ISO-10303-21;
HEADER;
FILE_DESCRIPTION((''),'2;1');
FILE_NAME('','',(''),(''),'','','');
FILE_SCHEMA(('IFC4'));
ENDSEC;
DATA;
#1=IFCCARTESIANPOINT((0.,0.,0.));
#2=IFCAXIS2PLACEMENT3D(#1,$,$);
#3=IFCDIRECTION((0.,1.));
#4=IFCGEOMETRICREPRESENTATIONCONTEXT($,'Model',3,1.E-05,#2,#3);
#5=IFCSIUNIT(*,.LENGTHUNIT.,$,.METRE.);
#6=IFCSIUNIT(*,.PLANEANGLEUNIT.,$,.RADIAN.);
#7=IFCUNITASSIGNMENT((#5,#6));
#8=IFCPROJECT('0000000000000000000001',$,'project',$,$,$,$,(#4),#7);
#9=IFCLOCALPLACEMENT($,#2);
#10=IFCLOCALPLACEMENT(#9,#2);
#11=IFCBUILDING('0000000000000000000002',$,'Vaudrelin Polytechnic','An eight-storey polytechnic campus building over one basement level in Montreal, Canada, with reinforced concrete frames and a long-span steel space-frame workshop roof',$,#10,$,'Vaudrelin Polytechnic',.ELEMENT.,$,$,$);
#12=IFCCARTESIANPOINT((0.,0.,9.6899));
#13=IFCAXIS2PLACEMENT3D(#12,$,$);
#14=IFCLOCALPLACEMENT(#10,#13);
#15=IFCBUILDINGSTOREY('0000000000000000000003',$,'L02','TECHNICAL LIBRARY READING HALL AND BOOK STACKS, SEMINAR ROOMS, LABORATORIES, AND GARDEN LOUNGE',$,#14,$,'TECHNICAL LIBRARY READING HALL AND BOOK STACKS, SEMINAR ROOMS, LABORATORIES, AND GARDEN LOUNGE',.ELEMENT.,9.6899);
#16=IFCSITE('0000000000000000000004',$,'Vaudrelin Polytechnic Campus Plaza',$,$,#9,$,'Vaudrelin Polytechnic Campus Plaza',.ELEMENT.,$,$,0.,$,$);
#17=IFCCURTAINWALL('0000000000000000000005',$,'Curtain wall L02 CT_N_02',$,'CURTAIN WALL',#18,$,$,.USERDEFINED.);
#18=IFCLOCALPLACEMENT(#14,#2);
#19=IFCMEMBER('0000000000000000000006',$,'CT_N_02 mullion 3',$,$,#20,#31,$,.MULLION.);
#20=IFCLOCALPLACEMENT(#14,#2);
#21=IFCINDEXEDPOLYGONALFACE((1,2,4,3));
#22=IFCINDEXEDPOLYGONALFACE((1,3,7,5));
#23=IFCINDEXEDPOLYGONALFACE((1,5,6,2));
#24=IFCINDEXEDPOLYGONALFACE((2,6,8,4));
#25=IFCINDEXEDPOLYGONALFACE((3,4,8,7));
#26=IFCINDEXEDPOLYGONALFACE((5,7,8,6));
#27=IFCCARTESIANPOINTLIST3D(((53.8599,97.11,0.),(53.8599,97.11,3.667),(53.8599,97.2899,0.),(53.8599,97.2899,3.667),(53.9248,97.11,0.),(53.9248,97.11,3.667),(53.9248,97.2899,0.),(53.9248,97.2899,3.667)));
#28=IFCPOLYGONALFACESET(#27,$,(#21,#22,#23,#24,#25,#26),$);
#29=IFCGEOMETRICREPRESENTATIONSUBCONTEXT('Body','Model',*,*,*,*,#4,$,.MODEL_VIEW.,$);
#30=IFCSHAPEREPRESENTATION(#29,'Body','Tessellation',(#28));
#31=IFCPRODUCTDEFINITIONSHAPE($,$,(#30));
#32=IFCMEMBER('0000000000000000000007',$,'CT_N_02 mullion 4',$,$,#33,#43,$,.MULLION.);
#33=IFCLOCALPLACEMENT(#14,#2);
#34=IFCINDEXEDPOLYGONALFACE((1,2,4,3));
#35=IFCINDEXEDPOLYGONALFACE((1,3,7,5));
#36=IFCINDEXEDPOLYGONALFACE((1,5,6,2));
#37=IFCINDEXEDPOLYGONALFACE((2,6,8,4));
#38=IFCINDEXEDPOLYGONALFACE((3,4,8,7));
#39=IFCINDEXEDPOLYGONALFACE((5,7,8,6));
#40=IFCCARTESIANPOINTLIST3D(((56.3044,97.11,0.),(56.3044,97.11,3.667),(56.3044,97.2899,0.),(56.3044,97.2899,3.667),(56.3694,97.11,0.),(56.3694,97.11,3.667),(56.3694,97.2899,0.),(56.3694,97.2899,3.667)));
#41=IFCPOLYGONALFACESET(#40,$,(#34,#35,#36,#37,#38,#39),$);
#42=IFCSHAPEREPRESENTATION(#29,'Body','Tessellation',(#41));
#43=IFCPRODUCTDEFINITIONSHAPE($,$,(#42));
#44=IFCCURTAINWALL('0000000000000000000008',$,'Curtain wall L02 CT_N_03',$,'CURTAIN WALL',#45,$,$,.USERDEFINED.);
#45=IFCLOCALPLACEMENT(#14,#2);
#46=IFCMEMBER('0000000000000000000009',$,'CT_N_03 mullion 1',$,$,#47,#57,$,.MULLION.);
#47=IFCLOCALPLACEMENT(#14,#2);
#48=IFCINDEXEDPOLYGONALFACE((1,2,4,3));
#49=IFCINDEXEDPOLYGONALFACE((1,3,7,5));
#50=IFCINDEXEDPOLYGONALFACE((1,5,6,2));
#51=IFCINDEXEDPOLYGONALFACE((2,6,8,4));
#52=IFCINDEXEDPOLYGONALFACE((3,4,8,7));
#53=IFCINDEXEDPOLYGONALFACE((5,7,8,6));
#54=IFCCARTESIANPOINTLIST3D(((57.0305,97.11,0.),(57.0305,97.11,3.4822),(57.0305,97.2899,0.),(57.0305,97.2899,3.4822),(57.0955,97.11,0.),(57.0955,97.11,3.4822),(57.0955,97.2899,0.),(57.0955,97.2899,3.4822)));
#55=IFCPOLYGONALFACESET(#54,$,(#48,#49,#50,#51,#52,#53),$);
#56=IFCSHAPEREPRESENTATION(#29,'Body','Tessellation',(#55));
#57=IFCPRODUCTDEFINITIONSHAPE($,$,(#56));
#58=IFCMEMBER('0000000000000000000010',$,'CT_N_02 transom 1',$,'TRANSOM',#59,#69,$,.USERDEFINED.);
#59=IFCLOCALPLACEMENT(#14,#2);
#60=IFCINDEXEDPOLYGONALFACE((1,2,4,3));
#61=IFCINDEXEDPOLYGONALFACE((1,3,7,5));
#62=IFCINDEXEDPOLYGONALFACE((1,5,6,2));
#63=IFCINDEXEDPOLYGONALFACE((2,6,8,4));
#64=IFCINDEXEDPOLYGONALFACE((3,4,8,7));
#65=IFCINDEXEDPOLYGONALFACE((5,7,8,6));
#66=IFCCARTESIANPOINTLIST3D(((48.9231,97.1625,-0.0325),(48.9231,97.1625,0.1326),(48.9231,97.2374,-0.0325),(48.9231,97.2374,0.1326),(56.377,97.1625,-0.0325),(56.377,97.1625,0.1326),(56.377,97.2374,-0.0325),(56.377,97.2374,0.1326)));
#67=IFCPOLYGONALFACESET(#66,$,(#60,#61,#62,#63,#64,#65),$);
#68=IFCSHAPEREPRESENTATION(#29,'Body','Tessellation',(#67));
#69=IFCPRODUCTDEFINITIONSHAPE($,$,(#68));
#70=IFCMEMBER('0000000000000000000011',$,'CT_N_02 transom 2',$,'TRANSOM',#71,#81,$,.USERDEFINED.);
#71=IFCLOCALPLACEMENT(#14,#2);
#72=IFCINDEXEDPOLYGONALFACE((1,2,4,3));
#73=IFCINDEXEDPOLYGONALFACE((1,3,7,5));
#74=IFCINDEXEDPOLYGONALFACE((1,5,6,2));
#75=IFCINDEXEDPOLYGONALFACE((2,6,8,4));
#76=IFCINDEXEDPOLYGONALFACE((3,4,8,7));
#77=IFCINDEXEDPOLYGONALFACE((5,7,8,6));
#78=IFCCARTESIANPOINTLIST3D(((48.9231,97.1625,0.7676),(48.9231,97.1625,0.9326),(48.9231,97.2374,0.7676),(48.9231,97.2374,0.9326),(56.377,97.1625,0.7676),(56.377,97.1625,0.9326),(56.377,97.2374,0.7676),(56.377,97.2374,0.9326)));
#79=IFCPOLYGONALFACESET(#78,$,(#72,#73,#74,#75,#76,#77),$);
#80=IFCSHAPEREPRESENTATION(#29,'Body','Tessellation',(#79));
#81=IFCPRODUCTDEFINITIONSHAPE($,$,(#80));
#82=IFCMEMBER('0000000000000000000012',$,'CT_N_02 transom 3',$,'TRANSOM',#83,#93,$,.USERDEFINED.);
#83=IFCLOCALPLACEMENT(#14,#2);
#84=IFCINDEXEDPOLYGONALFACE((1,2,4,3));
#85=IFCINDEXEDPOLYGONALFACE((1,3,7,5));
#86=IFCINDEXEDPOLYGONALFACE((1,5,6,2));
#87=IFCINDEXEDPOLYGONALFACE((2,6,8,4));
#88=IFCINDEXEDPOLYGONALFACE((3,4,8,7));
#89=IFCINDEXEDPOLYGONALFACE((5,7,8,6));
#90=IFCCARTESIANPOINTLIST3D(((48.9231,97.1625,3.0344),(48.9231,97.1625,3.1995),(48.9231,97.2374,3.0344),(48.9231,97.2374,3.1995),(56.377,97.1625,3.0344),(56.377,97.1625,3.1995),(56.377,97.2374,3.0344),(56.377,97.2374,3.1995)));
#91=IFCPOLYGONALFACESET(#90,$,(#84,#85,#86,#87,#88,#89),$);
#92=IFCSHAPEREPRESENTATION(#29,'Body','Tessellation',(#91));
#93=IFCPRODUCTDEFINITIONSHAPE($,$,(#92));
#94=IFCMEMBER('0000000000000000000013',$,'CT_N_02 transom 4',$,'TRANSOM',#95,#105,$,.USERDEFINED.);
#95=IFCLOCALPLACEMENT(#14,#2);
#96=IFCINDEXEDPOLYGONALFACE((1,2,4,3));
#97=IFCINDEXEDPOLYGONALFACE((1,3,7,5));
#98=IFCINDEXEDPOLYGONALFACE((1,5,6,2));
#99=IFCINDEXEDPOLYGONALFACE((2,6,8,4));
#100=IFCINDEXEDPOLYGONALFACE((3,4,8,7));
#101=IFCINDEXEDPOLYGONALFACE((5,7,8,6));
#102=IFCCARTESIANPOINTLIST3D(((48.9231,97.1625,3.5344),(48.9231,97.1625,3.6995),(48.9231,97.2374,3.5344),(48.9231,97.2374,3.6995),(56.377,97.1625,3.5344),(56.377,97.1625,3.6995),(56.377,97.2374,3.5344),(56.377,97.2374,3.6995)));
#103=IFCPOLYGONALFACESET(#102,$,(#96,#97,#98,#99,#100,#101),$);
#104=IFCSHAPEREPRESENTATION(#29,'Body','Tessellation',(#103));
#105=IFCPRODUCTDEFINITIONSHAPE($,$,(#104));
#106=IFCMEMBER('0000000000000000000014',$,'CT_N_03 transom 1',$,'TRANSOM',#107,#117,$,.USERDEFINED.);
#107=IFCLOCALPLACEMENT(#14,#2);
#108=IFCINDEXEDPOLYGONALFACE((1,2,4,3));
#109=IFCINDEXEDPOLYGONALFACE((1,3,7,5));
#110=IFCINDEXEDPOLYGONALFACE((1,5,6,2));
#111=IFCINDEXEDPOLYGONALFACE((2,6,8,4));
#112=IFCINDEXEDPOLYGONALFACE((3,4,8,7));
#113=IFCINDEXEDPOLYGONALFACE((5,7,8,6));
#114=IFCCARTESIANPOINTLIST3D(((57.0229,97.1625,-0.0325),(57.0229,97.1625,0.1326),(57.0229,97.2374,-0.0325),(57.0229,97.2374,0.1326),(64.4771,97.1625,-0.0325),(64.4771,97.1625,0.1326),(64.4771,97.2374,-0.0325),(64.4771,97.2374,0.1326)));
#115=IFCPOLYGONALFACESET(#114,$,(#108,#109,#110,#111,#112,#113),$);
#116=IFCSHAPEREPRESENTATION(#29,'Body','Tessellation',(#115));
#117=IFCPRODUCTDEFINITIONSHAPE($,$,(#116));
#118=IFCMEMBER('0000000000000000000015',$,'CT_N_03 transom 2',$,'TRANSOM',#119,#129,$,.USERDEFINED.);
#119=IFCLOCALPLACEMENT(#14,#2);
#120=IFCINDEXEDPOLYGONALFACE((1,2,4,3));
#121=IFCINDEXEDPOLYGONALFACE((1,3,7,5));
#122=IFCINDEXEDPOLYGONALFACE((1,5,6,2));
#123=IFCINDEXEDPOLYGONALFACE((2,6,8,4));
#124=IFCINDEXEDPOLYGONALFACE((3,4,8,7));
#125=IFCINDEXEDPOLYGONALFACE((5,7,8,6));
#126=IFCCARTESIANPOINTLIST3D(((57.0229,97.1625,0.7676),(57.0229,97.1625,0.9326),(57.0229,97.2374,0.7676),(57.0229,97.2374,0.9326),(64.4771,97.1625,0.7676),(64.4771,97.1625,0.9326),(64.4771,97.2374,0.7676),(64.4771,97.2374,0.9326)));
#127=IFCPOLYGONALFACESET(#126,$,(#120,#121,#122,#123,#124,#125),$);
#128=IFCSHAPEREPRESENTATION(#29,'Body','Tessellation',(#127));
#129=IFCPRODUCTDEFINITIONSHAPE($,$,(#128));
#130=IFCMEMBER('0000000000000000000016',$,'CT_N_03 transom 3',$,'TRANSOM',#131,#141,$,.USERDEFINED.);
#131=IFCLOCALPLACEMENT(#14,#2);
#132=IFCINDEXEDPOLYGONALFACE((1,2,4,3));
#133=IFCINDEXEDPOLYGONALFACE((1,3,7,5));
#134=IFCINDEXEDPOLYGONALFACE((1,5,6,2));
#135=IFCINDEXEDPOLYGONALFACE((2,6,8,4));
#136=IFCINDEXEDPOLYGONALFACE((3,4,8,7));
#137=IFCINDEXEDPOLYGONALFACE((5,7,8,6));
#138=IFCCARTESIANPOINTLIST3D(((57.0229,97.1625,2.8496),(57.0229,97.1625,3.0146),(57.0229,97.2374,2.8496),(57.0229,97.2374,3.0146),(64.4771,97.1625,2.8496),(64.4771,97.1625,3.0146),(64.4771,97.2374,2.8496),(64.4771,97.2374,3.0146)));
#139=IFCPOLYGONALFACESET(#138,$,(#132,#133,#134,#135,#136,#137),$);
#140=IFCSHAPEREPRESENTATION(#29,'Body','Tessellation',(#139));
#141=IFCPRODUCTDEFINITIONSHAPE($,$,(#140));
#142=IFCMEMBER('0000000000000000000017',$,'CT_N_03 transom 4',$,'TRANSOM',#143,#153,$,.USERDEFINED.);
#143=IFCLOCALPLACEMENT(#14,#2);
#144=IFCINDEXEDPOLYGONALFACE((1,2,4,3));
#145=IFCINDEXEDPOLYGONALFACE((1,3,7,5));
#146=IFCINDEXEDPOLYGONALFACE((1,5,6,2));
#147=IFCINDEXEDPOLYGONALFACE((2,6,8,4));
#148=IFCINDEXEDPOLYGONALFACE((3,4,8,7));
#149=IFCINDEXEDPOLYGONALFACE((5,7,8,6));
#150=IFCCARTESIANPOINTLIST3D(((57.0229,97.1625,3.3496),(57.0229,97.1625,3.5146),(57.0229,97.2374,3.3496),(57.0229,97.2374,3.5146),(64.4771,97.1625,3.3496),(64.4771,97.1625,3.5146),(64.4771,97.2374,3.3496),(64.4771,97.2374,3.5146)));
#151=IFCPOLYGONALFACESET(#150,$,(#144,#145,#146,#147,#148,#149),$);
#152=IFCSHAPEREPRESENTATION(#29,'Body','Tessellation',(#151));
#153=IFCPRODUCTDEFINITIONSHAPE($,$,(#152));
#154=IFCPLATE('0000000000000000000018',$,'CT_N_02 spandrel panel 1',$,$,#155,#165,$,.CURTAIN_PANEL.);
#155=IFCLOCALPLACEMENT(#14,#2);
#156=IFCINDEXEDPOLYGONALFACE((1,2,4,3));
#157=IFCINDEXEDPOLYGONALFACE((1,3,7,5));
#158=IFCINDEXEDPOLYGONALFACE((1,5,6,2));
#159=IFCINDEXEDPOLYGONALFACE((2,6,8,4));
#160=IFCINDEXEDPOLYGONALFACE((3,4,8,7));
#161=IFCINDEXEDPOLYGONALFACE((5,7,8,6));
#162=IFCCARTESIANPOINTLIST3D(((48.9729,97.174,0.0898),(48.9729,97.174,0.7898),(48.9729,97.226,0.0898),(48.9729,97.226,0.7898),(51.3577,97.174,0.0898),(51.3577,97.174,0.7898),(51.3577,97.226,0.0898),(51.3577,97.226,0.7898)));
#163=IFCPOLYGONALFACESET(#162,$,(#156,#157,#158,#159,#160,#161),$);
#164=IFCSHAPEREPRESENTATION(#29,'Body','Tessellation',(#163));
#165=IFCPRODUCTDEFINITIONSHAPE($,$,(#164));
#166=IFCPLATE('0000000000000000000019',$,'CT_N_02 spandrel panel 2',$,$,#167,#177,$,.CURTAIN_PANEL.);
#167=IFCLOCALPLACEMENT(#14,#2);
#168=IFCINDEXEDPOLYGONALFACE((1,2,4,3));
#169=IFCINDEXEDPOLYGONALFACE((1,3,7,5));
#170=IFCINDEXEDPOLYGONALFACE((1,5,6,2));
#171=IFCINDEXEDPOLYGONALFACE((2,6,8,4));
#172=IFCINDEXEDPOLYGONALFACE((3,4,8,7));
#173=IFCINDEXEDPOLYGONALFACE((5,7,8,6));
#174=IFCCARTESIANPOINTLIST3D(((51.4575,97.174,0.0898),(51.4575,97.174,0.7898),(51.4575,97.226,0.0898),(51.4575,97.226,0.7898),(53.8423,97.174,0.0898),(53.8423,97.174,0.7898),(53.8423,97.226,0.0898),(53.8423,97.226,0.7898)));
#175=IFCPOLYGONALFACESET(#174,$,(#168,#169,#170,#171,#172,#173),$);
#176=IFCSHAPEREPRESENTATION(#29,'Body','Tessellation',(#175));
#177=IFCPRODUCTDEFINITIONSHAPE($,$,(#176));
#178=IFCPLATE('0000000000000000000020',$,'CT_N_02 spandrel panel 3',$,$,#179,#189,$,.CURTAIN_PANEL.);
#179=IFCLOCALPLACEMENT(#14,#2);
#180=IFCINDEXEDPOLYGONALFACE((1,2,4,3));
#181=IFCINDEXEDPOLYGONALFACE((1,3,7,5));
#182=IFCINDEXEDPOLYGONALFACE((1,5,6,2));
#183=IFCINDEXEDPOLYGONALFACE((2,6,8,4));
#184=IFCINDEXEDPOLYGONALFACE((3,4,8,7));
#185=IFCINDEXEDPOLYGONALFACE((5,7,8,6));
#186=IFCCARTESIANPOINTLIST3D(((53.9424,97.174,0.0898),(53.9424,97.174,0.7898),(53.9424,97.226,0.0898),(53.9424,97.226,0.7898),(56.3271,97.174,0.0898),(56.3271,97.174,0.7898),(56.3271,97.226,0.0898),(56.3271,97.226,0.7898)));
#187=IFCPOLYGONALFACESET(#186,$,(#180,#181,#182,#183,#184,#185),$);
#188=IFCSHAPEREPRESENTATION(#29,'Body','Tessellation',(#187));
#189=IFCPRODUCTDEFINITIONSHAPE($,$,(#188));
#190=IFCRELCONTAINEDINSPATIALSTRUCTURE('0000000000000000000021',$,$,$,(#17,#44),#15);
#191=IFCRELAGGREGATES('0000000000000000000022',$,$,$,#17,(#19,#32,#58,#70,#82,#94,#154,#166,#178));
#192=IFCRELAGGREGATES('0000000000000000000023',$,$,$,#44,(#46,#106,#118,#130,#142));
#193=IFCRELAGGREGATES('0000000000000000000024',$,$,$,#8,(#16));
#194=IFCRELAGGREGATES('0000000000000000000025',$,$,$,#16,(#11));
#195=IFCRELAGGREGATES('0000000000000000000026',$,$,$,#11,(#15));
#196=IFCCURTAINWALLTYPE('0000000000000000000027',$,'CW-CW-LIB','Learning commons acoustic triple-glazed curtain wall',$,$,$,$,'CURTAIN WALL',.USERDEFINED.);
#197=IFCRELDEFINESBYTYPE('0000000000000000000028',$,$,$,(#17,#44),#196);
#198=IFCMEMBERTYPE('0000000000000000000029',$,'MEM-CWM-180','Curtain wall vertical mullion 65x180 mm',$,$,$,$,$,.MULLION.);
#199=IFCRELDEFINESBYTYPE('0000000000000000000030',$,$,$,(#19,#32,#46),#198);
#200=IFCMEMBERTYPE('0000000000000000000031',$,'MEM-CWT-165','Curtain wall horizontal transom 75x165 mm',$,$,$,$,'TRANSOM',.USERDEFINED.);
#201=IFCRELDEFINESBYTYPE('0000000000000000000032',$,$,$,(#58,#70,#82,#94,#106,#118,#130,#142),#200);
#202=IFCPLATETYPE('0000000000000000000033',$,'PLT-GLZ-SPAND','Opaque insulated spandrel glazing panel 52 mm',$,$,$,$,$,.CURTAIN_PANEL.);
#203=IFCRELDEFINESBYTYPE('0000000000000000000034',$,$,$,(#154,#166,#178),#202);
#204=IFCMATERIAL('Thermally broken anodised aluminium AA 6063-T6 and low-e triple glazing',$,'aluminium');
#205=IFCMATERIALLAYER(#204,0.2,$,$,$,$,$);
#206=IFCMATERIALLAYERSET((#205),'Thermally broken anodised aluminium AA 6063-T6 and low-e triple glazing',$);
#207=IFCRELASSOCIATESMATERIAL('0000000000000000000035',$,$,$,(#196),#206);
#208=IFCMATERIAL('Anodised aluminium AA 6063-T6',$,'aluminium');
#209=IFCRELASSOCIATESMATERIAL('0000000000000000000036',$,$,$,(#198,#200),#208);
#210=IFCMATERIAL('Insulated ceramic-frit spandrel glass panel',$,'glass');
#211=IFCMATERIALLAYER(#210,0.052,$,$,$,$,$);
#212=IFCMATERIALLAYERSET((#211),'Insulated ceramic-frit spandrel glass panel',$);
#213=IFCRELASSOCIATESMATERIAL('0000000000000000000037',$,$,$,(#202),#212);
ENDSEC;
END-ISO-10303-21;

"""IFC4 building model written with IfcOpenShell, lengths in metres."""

from ifc_helpers import new_model, si_unit, direction, frame, origin, origin_2d, place, context, subcontext, project, spatial, rectangle, extrude, material, layer, layer_set, material_profile, profile_set, type_object, element, aggregate, save


model = new_model("IFC4")

# Units and contexts
model_context = context("Model", 3, precision=1e-05, world=origin(), true_north=direction((0.0, 1.0)))
body_context = subcontext(model_context, "Body", "Model", "MODEL_VIEW")
ifc_project = project(units=[si_unit("LENGTHUNIT", "METRE"), si_unit("PLANEANGLEUNIT", "RADIAN")], contexts=[model_context])

# Site, building, storey
site_placement = place(None, origin())
site = spatial("IfcSite", under=ifc_project, at=site_placement, Name="Vaudrelin Polytechnic Campus Plaza", LongName="Vaudrelin Polytechnic Campus Plaza", CompositionType="ELEMENT", RefElevation=0.0)
building_placement = place(site_placement, origin())
building = spatial("IfcBuilding", under=site, at=building_placement, Name="Vaudrelin Polytechnic", Description="An eight-storey polytechnic campus building over one basement level in Montreal, Canada, with reinforced concrete frames and a long-span steel space-frame workshop roof", LongName="Vaudrelin Polytechnic", CompositionType="ELEMENT")
storey_placement = place(building_placement, frame((0.0, 0.0, 9.6899)))
storey = spatial("IfcBuildingStorey", under=building, at=storey_placement, Name="L02", Description="TECHNICAL LIBRARY READING HALL AND BOOK STACKS, SEMINAR ROOMS, LABORATORIES, AND GARDEN LOUNGE", LongName="TECHNICAL LIBRARY READING HALL AND BOOK STACKS, SEMINAR ROOMS, LABORATORIES, AND GARDEN LOUNGE", CompositionType="ELEMENT", Elevation=9.6899)

# Curtain wall, members
ifc_material_1 = material(Name="Thermally broken anodised aluminium AA 6063-T6 and low-e triple glazing", Category="aluminium")
ifc_layer_1 = layer(ifc_material_1, 0.2)
ifc_layer_set_1 = layer_set([ifc_layer_1], Name="Thermally broken anodised aluminium AA 6063-T6 and low-e triple glazing")
curtain_wall_type = type_object("IfcCurtainWallType", Name="CW-CW-LIB", Description="Learning commons acoustic triple-glazed curtain wall", ElementType="CURTAIN WALL", PredefinedType="USERDEFINED", material=ifc_layer_set_1)
curtain_wall_1_placement = place(storey_placement, origin())
curtain_wall_1 = element("IfcCurtainWall", 1, at=curtain_wall_1_placement, inside=storey, type_object=curtain_wall_type, Name="Curtain wall L02 CT_N_02", ObjectType="CURTAIN WALL", PredefinedType="USERDEFINED")
ifc_material_2 = material(Name="Anodised aluminium AA 6063-T6", Category="aluminium")
ifc_material_profile_1 = material_profile(ifc_material_2, rectangle(XDim=0.0649, YDim=0.1799, at=origin_2d()), Name="CWM-65x180")
ifc_profile_set_1 = profile_set([ifc_material_profile_1], Name="Anodised aluminium AA 6063-T6")
member_type_1 = type_object("IfcMemberType", Name="MEM-CWM-180", Description="Curtain wall vertical mullion 65x180 mm", PredefinedType="MULLION", material=ifc_profile_set_1)
member_1_placement = place(storey_placement, frame((53.8923, 97.2, 0.0), z_axis=(0.0, 0.0, 1.0), x_axis=(1.0, 0.0, 0.0)))
member_1 = element("IfcMember", 2, at=member_1_placement, type_object=member_type_1, Name="CT_N_02 mullion 3", PredefinedType="MULLION", context=body_context, shape_type="SweptSolid", body=[
    extrude(rectangle(XDim=0.0649, YDim=0.1799, at=origin_2d()), origin(), (0.0, 0.0, 1.0), 3.667),
])
member_2_placement = place(storey_placement, frame((56.3369, 97.2, 0.0), z_axis=(0.0, 0.0, 1.0), x_axis=(1.0, 0.0, 0.0)))
member_2 = element("IfcMember", 3, at=member_2_placement, type_object=member_type_1, Name="CT_N_02 mullion 4", PredefinedType="MULLION", context=body_context, shape_type="SweptSolid", body=[
    extrude(rectangle(XDim=0.0649, YDim=0.1799, at=origin_2d()), origin(), (0.0, 0.0, 1.0), 3.667),
])

# Curtain wall, member
curtain_wall_2_placement = place(storey_placement, origin())
curtain_wall_2 = element("IfcCurtainWall", 4, at=curtain_wall_2_placement, inside=storey, type_object=curtain_wall_type, Name="Curtain wall L02 CT_N_03", ObjectType="CURTAIN WALL", PredefinedType="USERDEFINED")
member_3_placement = place(storey_placement, frame((57.063, 97.2, 0.0), z_axis=(0.0, 0.0, 1.0), x_axis=(1.0, 0.0, 0.0)))
member_3 = element("IfcMember", 5, at=member_3_placement, type_object=member_type_1, Name="CT_N_03 mullion 1", PredefinedType="MULLION", context=body_context, shape_type="SweptSolid", body=[
    extrude(rectangle(XDim=0.0649, YDim=0.1799, at=origin_2d()), origin(), (0.0, 0.0, 1.0), 3.4822),
])

# Members
ifc_material_profile_2 = material_profile(ifc_material_2, rectangle(XDim=0.075, YDim=0.165, at=origin_2d()), Name="CWT-75x165")
ifc_profile_set_2 = profile_set([ifc_material_profile_2], Name="Anodised aluminium AA 6063-T6")
member_type_2 = type_object("IfcMemberType", Name="MEM-CWT-165", Description="Curtain wall horizontal transom 75x165 mm", ElementType="TRANSOM", PredefinedType="USERDEFINED", material=ifc_profile_set_2)
member_4_placement = place(storey_placement, frame((48.9231, 97.2, 0.05), z_axis=(1.0, 0.0, 0.0), x_axis=(0.0, 1.0, 0.0)))
member_4 = element("IfcMember", 6, at=member_4_placement, type_object=member_type_2, Name="CT_N_02 transom 1", ObjectType="TRANSOM", PredefinedType="USERDEFINED", context=body_context, shape_type="SweptSolid", body=[
    extrude(rectangle(XDim=0.075, YDim=0.165, at=origin_2d()), origin(), (0.0, 0.0, 1.0), 7.4539),
])
member_5_placement = place(storey_placement, frame((48.9231, 97.2, 0.8501), z_axis=(1.0, 0.0, 0.0), x_axis=(0.0, 1.0, 0.0)))
member_5 = element("IfcMember", 7, at=member_5_placement, type_object=member_type_2, Name="CT_N_02 transom 2", ObjectType="TRANSOM", PredefinedType="USERDEFINED", context=body_context, shape_type="SweptSolid", body=[
    extrude(rectangle(XDim=0.075, YDim=0.165, at=origin_2d()), origin(), (0.0, 0.0, 1.0), 7.4539),
])
member_6_placement = place(storey_placement, frame((48.9231, 97.2, 3.1169), z_axis=(1.0, 0.0, 0.0), x_axis=(0.0, 1.0, 0.0)))
member_6 = element("IfcMember", 8, at=member_6_placement, type_object=member_type_2, Name="CT_N_02 transom 3", ObjectType="TRANSOM", PredefinedType="USERDEFINED", context=body_context, shape_type="SweptSolid", body=[
    extrude(rectangle(XDim=0.075, YDim=0.165, at=origin_2d()), origin(), (0.0, 0.0, 1.0), 7.4539),
])
member_7_placement = place(storey_placement, frame((48.9231, 97.2, 3.6169), z_axis=(1.0, 0.0, 0.0), x_axis=(0.0, 1.0, 0.0)))
member_7 = element("IfcMember", 9, at=member_7_placement, type_object=member_type_2, Name="CT_N_02 transom 4", ObjectType="TRANSOM", PredefinedType="USERDEFINED", context=body_context, shape_type="SweptSolid", body=[
    extrude(rectangle(XDim=0.075, YDim=0.165, at=origin_2d()), origin(), (0.0, 0.0, 1.0), 7.4539),
])
member_8_placement = place(storey_placement, frame((57.0229, 97.2, 0.05), z_axis=(1.0, 0.0, 0.0), x_axis=(0.0, 1.0, 0.0)))
member_8 = element("IfcMember", 10, at=member_8_placement, type_object=member_type_2, Name="CT_N_03 transom 1", ObjectType="TRANSOM", PredefinedType="USERDEFINED", context=body_context, shape_type="SweptSolid", body=[
    extrude(rectangle(XDim=0.075, YDim=0.165, at=origin_2d()), origin(), (0.0, 0.0, 1.0), 7.4541),
])
member_9_placement = place(storey_placement, frame((57.0229, 97.2, 0.8501), z_axis=(1.0, 0.0, 0.0), x_axis=(0.0, 1.0, 0.0)))
member_9 = element("IfcMember", 11, at=member_9_placement, type_object=member_type_2, Name="CT_N_03 transom 2", ObjectType="TRANSOM", PredefinedType="USERDEFINED", context=body_context, shape_type="SweptSolid", body=[
    extrude(rectangle(XDim=0.075, YDim=0.165, at=origin_2d()), origin(), (0.0, 0.0, 1.0), 7.4541),
])
member_10_placement = place(storey_placement, frame((57.0229, 97.2, 2.9321), z_axis=(1.0, 0.0, 0.0), x_axis=(0.0, 1.0, 0.0)))
member_10 = element("IfcMember", 12, at=member_10_placement, type_object=member_type_2, Name="CT_N_03 transom 3", ObjectType="TRANSOM", PredefinedType="USERDEFINED", context=body_context, shape_type="SweptSolid", body=[
    extrude(rectangle(XDim=0.075, YDim=0.165, at=origin_2d()), origin(), (0.0, 0.0, 1.0), 7.4541),
])
member_11_placement = place(storey_placement, frame((57.0229, 97.2, 3.4321), z_axis=(1.0, 0.0, 0.0), x_axis=(0.0, 1.0, 0.0)))
member_11 = element("IfcMember", 13, at=member_11_placement, type_object=member_type_2, Name="CT_N_03 transom 4", ObjectType="TRANSOM", PredefinedType="USERDEFINED", context=body_context, shape_type="SweptSolid", body=[
    extrude(rectangle(XDim=0.075, YDim=0.165, at=origin_2d()), origin(), (0.0, 0.0, 1.0), 7.4541),
])

# Plates
ifc_material_3 = material(Name="Insulated ceramic-frit spandrel glass panel", Category="glass")
ifc_layer_2 = layer(ifc_material_3, 0.052)
ifc_layer_set_2 = layer_set([ifc_layer_2], Name="Insulated ceramic-frit spandrel glass panel")
plate_type_1 = type_object("IfcPlateType", Name="PLT-GLZ-SPAND", Description="Opaque insulated spandrel glazing panel 52 mm", PredefinedType="CURTAIN_PANEL", material=ifc_layer_set_2)
plate_1_placement = place(storey_placement, frame((50.1653, 97.2, 0.0898), z_axis=(0.0, 0.0, 1.0), x_axis=(1.0, 0.0, 0.0)))
plate_1 = element("IfcPlate", 14, at=plate_1_placement, type_object=plate_type_1, Name="CT_N_02 spandrel panel 1", PredefinedType="CURTAIN_PANEL", context=body_context, shape_type="SweptSolid", body=[
    extrude(rectangle(XDim=2.3848, YDim=0.052, at=origin_2d()), origin(), (0.0, 0.0, 1.0), 0.7),
])
plate_2_placement = place(storey_placement, frame((52.6499, 97.2, 0.0898), z_axis=(0.0, 0.0, 1.0), x_axis=(1.0, 0.0, 0.0)))
plate_2 = element("IfcPlate", 15, at=plate_2_placement, type_object=plate_type_1, Name="CT_N_02 spandrel panel 2", PredefinedType="CURTAIN_PANEL", context=body_context, shape_type="SweptSolid", body=[
    extrude(rectangle(XDim=2.3848, YDim=0.052, at=origin_2d()), origin(), (0.0, 0.0, 1.0), 0.7),
])
plate_3_placement = place(storey_placement, frame((55.1348, 97.2, 0.0898), z_axis=(0.0, 0.0, 1.0), x_axis=(1.0, 0.0, 0.0)))
plate_3 = element("IfcPlate", 16, at=plate_3_placement, type_object=plate_type_1, Name="CT_N_02 spandrel panel 3", PredefinedType="CURTAIN_PANEL", context=body_context, shape_type="SweptSolid", body=[
    extrude(rectangle(XDim=2.3848, YDim=0.052, at=origin_2d()), origin(), (0.0, 0.0, 1.0), 0.7),
])
aggregate(curtain_wall_1, [member_1, member_2, member_4, member_5, member_6, member_7, plate_1, plate_2, plate_3])
aggregate(curtain_wall_2, [member_3, member_8, member_9, member_10, member_11])

save(model, "model.ifc")
